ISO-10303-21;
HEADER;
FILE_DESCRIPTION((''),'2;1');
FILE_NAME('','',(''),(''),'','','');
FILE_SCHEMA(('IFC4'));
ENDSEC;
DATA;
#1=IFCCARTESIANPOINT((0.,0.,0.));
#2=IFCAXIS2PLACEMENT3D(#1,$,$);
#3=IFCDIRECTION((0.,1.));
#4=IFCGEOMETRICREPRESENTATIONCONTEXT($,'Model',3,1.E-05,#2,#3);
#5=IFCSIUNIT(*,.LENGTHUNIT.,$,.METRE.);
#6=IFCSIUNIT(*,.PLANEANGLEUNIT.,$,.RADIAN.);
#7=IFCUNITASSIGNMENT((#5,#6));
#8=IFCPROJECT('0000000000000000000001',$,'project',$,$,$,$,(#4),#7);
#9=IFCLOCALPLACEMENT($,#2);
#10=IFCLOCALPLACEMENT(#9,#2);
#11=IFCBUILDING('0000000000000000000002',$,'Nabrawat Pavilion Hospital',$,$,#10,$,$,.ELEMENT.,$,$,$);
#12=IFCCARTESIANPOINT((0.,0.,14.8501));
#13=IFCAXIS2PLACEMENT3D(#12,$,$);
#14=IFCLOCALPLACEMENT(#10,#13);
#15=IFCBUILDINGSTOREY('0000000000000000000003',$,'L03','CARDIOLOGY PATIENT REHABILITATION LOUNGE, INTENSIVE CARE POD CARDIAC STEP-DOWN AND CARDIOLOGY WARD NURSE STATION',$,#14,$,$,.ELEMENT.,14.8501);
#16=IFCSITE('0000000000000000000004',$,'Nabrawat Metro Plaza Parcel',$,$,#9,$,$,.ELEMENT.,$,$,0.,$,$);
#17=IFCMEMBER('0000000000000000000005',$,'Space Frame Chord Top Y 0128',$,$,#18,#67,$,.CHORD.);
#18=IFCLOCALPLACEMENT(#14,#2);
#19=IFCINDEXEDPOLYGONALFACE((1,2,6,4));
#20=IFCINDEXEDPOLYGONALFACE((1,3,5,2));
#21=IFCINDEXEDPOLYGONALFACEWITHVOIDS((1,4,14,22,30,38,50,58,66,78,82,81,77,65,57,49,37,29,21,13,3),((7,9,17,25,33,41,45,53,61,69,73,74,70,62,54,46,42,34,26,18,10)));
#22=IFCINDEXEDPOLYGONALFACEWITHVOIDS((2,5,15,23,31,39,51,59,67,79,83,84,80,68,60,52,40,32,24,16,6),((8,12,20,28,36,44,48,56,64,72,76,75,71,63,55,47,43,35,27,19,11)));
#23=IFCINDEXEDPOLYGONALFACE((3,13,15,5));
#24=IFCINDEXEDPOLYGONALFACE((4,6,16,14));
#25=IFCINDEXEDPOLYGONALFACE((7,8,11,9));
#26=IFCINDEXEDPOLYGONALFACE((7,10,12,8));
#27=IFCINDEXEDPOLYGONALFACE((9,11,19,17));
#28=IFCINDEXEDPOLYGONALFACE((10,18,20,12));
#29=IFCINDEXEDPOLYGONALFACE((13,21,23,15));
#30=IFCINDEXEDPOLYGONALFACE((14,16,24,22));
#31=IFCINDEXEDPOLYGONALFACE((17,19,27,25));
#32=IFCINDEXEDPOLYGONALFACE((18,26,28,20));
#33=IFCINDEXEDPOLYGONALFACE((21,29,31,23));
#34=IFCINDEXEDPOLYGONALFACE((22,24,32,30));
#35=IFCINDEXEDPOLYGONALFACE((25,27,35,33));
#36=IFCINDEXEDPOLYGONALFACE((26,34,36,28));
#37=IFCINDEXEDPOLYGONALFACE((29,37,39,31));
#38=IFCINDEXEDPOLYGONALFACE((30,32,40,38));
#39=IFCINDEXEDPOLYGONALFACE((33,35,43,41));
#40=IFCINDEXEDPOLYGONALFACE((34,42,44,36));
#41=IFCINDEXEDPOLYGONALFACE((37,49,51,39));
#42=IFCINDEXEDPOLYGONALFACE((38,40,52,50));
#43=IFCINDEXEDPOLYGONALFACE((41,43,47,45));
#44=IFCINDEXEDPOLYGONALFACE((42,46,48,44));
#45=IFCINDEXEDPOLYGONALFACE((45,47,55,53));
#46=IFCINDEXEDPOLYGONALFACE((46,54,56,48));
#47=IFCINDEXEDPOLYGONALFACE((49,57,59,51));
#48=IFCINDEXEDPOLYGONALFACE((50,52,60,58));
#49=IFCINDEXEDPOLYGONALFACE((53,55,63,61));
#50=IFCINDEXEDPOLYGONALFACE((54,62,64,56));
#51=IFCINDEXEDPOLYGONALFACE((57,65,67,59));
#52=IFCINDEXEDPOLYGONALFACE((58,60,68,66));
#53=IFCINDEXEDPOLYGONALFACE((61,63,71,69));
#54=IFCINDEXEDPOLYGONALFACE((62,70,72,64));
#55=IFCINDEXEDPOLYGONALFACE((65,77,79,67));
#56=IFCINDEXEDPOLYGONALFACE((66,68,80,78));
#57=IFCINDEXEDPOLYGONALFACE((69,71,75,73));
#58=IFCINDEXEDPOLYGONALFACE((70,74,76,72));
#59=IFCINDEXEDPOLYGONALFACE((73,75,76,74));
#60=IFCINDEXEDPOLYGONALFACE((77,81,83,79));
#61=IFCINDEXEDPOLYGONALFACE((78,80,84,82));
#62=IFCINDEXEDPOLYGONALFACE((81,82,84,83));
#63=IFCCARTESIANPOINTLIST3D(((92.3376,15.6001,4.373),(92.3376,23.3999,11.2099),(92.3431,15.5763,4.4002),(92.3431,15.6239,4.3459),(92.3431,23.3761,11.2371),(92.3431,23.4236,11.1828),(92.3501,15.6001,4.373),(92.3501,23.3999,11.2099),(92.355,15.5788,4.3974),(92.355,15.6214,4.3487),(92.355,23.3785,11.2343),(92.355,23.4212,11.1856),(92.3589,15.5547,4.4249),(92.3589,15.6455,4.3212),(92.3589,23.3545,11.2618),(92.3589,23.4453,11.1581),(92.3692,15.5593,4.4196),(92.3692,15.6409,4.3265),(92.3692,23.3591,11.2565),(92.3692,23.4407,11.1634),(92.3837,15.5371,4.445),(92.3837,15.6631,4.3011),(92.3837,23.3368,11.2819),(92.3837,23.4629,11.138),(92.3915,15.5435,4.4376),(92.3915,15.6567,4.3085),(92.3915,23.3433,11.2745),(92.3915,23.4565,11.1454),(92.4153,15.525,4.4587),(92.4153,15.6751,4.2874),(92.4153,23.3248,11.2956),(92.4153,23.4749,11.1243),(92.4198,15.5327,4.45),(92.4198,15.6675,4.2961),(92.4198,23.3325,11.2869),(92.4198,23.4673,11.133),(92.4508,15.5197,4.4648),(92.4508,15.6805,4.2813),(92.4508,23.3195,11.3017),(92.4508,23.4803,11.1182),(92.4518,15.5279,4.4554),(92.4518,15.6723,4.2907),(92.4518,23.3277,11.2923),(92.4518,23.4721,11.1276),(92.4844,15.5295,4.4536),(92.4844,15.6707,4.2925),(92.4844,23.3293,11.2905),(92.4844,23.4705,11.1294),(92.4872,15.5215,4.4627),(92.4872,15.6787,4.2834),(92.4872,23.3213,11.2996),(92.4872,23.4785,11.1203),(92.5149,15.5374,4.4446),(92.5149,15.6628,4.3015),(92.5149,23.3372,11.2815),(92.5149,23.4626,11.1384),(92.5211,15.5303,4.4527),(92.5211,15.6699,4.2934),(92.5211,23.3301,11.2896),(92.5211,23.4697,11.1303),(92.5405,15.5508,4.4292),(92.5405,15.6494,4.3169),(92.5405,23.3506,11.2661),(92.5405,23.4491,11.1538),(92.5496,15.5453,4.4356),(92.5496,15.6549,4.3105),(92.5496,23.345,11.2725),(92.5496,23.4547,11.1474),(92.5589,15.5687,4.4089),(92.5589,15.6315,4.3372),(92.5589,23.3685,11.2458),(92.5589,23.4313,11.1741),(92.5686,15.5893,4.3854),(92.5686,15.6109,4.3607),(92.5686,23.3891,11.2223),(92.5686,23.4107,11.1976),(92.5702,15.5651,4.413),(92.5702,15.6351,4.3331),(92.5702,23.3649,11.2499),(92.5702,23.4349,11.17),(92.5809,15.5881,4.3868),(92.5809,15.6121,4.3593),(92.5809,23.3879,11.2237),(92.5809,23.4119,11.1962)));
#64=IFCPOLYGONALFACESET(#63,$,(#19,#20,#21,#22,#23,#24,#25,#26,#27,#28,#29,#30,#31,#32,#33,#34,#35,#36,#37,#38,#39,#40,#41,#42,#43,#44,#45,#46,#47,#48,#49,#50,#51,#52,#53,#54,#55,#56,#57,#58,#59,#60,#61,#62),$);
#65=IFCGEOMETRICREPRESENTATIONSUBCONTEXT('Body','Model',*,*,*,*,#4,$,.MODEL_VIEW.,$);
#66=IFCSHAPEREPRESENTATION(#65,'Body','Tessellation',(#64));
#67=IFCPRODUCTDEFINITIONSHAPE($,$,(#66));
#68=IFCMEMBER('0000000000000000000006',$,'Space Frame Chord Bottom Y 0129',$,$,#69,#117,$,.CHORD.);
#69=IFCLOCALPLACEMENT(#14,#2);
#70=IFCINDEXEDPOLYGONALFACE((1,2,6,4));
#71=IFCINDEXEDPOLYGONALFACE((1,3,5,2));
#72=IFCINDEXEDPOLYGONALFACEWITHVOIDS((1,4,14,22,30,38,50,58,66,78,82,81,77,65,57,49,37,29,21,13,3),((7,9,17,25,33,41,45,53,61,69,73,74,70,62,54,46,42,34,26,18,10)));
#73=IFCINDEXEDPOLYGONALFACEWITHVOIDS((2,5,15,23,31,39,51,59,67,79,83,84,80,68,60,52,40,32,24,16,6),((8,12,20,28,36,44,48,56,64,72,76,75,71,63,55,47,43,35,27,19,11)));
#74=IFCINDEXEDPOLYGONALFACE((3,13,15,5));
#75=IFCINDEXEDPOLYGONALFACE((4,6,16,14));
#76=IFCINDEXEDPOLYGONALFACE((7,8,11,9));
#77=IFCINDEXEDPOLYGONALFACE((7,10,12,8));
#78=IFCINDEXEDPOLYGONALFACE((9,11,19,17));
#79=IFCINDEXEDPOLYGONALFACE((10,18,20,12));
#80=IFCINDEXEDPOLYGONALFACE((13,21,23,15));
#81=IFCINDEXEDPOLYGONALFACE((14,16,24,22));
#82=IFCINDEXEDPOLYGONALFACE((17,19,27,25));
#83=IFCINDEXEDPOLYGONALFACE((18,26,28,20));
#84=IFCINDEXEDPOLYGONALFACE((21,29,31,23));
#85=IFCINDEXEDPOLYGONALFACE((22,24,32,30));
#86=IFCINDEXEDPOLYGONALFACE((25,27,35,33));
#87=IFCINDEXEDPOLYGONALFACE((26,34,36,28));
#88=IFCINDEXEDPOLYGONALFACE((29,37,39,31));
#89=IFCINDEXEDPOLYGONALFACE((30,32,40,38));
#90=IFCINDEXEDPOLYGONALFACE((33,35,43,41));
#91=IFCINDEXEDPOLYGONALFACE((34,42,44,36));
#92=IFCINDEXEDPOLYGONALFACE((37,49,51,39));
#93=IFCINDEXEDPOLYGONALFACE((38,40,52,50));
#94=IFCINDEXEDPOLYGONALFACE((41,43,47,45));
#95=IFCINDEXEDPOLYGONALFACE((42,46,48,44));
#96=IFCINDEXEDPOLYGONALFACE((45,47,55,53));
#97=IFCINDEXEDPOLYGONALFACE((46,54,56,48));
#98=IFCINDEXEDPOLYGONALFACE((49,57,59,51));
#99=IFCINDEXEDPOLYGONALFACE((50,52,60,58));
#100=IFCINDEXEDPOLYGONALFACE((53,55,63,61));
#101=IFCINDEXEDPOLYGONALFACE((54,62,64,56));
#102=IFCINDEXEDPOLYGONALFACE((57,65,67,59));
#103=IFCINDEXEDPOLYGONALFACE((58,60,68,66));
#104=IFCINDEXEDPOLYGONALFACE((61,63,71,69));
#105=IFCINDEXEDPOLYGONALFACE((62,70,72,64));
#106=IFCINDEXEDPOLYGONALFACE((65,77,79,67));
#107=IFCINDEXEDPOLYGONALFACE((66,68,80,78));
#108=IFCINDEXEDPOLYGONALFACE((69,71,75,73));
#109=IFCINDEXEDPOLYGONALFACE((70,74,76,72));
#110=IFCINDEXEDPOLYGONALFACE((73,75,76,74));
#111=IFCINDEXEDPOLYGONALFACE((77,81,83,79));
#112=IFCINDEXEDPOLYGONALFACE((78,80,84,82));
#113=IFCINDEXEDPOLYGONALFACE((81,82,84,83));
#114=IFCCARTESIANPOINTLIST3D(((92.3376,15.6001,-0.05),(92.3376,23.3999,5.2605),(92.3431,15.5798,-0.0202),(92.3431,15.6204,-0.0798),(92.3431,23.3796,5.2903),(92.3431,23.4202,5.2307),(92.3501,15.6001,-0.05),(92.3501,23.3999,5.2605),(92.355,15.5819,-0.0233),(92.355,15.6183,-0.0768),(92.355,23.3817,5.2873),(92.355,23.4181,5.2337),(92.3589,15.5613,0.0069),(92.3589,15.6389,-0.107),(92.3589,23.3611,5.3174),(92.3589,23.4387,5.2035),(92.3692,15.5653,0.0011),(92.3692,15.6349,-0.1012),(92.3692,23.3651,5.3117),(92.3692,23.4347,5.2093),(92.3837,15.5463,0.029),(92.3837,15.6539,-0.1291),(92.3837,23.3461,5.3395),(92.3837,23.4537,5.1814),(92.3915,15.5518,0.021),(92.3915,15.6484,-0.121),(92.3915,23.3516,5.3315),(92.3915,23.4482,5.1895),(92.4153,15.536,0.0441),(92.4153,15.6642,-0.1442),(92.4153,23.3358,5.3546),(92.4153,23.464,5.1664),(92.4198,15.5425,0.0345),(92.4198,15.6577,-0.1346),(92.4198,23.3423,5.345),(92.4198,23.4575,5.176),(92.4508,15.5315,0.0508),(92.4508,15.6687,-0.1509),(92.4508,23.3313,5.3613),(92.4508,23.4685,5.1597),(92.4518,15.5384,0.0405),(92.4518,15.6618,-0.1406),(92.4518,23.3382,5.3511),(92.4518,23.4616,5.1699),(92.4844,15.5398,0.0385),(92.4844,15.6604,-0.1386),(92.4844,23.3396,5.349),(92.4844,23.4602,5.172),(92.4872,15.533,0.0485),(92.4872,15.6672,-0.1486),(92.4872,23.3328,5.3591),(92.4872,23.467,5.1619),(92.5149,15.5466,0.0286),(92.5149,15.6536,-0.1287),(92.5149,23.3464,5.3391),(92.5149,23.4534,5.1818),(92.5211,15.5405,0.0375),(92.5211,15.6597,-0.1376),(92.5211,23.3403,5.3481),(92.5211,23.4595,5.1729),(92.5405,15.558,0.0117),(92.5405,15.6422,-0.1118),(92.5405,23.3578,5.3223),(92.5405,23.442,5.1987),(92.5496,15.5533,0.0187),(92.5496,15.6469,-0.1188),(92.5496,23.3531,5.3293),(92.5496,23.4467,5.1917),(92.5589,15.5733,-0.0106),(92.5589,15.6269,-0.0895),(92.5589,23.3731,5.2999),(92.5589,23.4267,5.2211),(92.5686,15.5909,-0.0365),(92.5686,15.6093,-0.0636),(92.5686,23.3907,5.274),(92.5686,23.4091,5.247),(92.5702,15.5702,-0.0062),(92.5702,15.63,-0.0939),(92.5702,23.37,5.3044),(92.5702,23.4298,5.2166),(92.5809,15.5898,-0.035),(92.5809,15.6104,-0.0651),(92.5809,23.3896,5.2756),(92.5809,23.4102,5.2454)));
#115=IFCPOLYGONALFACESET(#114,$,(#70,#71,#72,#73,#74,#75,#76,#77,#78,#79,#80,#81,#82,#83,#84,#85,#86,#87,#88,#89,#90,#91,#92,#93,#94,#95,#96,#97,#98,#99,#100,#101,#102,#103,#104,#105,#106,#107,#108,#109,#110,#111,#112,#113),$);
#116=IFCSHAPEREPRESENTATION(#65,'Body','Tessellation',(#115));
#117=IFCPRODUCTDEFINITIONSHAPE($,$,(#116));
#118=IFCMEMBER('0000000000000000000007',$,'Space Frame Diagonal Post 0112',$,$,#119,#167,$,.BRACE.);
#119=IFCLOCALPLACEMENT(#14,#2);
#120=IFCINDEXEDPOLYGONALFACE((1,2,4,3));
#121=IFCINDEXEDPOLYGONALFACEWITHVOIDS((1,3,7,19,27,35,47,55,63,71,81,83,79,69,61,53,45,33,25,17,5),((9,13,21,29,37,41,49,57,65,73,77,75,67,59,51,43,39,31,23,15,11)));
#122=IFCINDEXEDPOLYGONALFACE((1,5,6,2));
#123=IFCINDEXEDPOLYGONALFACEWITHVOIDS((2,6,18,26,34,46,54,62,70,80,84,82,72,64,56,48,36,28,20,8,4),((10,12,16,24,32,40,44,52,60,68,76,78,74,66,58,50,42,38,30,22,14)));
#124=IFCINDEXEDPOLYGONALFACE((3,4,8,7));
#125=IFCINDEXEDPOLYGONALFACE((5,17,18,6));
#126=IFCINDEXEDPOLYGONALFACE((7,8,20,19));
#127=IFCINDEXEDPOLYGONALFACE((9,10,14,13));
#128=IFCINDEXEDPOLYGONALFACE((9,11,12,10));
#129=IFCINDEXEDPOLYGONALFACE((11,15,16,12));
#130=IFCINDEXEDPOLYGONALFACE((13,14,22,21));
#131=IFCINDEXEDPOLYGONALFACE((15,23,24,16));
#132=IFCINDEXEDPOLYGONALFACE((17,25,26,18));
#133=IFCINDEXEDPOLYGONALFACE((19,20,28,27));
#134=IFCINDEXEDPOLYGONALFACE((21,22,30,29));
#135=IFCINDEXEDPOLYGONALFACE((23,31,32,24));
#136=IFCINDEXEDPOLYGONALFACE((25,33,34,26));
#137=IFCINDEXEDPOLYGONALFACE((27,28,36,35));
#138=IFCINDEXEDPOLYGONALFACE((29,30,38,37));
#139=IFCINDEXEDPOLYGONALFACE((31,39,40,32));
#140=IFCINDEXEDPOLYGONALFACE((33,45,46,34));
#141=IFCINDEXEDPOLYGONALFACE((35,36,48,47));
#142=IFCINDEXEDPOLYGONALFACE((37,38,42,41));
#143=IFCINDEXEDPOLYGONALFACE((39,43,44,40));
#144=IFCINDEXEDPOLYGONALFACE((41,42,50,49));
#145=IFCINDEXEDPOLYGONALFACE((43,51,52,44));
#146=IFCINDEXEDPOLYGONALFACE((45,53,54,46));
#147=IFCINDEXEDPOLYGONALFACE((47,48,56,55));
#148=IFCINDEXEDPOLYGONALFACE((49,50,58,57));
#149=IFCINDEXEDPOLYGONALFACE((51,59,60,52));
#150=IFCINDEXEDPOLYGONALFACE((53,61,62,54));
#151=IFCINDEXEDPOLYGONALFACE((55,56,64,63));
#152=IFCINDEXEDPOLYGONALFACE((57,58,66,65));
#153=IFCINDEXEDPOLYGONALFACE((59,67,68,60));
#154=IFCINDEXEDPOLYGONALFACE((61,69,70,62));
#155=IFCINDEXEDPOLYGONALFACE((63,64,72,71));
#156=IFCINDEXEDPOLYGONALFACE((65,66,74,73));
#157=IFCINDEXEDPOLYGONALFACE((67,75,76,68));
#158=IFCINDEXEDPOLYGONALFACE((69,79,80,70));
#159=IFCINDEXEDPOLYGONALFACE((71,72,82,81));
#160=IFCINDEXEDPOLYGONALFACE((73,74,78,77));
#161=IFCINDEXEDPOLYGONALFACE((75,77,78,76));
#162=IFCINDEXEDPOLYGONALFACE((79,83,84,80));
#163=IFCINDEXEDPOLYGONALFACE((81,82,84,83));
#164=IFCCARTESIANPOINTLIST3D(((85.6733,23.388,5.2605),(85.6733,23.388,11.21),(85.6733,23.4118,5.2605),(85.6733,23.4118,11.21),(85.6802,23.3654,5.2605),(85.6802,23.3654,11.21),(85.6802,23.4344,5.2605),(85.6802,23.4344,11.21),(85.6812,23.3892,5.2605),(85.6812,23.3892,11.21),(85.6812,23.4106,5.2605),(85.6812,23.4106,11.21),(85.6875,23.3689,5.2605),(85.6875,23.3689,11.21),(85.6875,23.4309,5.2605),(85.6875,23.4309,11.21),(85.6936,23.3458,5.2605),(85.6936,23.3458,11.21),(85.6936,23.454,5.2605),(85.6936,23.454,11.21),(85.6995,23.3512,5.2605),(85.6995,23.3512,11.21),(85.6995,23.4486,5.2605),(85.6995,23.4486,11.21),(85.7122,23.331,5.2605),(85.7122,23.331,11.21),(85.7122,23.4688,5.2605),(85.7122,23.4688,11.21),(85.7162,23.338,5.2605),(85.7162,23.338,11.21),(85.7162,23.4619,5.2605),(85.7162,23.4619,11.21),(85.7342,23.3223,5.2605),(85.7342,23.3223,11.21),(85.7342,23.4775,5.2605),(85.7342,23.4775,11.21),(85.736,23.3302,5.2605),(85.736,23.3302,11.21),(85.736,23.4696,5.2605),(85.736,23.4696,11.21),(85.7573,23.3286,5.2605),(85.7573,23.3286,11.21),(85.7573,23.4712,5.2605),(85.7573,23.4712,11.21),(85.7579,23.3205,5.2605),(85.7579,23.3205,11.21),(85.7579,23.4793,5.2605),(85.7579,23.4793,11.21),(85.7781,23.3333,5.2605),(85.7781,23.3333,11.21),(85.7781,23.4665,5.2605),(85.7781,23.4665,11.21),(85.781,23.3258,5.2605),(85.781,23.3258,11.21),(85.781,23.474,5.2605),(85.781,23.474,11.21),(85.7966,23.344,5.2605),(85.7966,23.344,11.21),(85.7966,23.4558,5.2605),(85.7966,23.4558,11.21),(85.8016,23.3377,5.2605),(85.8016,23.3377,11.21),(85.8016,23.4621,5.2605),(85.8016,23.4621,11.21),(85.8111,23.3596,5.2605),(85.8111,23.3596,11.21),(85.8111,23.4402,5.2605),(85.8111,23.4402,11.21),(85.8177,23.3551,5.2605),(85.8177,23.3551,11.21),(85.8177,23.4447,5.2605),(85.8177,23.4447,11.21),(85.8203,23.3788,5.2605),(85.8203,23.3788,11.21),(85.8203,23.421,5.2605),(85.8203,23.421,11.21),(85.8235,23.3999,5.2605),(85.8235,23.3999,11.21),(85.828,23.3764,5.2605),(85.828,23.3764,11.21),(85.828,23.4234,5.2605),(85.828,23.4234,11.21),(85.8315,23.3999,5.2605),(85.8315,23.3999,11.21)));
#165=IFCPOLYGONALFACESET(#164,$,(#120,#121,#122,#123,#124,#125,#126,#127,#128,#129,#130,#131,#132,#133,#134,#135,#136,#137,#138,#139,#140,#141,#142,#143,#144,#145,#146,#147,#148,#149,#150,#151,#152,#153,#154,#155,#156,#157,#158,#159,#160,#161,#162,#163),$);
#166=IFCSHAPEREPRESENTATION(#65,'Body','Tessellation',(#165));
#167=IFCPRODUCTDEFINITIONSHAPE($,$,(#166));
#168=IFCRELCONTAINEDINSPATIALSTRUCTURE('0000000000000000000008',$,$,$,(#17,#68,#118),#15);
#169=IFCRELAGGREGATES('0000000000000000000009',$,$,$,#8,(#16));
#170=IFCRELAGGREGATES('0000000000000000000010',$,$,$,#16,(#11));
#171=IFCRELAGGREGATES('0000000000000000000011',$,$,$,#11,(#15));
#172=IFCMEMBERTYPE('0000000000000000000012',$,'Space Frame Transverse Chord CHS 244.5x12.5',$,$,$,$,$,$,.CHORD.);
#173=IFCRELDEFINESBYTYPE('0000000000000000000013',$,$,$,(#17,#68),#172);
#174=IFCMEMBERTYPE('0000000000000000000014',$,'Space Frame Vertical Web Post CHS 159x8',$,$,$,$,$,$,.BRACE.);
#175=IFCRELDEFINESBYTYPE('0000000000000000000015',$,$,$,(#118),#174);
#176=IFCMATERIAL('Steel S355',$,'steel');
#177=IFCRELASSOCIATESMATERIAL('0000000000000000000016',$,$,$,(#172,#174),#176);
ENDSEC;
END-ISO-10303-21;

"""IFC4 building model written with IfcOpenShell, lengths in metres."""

from ifc_helpers import new_model, si_unit, direction, frame, origin, origin_2d, place, context, subcontext, project, spatial, hollow_circle, extrude, material, material_profile, profile_set, type_object, element, save


model = new_model("IFC4")

# Units and contexts
model_context = context("Model", 3, precision=1e-05, world=origin(), true_north=direction((0.0, 1.0)))
body_context = subcontext(model_context, "Body", "Model", "MODEL_VIEW")
ifc_project = project(units=[si_unit("LENGTHUNIT", "METRE"), si_unit("PLANEANGLEUNIT", "RADIAN")], contexts=[model_context])

# Site, building, storey
site_placement = place(None, origin())
site = spatial("IfcSite", under=ifc_project, at=site_placement, Name="Nabrawat Metro Plaza Parcel", CompositionType="ELEMENT", RefElevation=0.0)
building_placement = place(site_placement, origin())
building = spatial("IfcBuilding", under=site, at=building_placement, Name="Nabrawat Pavilion Hospital", CompositionType="ELEMENT")
storey_placement = place(building_placement, frame((0.0, 0.0, 14.8501)))
storey = spatial("IfcBuildingStorey", under=building, at=storey_placement, Name="L03", Description="CARDIOLOGY PATIENT REHABILITATION LOUNGE, INTENSIVE CARE POD CARDIAC STEP-DOWN AND CARDIOLOGY WARD NURSE STATION", CompositionType="ELEMENT", Elevation=14.8501)

# Shared definitions
ifc_material = material(Name="Steel S355", Category="steel")

# Members
ifc_material_profile_1 = material_profile(ifc_material, hollow_circle(Radius=0.1223, WallThickness=0.0125, at=origin_2d()), Name="CHS 244.5x12.5")
ifc_profile_set_1 = profile_set([ifc_material_profile_1], Name="Steel S355")
member_type_1 = type_object("IfcMemberType", Name="Space Frame Transverse Chord CHS 244.5x12.5", PredefinedType="CHORD", material=ifc_profile_set_1)
member_1_placement = place(storey_placement, frame((92.46, 15.6001, 4.373), z_axis=(0.0, 0.751999, 0.659164), x_axis=(-1.0, 0.0, 0.0)))
element("IfcMember", 1, at=member_1_placement, inside=storey, type_object=member_type_1, Name="Space Frame Chord Top Y 0128", PredefinedType="CHORD", context=body_context, shape_type="SweptSolid", body=[
    extrude(hollow_circle(Radius=0.1223, WallThickness=0.0125, at=origin_2d()), origin(), (0.0, 0.0, 1.0), 10.3721),
])
member_2_placement = place(storey_placement, frame((92.46, 15.6001, -0.05), z_axis=(0.0, 0.826597, 0.562794), x_axis=(-1.0, 0.0, 0.0)))
element("IfcMember", 2, at=member_2_placement, inside=storey, type_object=member_type_1, Name="Space Frame Chord Bottom Y 0129", PredefinedType="CHORD", context=body_context, shape_type="SweptSolid", body=[
    extrude(hollow_circle(Radius=0.1223, WallThickness=0.0125, at=origin_2d()), origin(), (0.0, 0.0, 1.0), 9.436),
])
ifc_material_profile_2 = material_profile(ifc_material, hollow_circle(Radius=0.0796, WallThickness=0.0081, at=origin_2d()), Name="CHS 159x8")
ifc_profile_set_2 = profile_set([ifc_material_profile_2], Name="Steel S355")
member_type_2 = type_object("IfcMemberType", Name="Space Frame Vertical Web Post CHS 159x8", PredefinedType="BRACE", material=ifc_profile_set_2)
member_3_placement = place(storey_placement, frame((85.752, 23.3999, 5.2605), z_axis=(0.0, 0.0, 1.0), x_axis=(1.0, 0.0, 0.0)))
element("IfcMember", 3, at=member_3_placement, inside=storey, type_object=member_type_2, Name="Space Frame Diagonal Post 0112", PredefinedType="BRACE", context=body_context, shape_type="SweptSolid", body=[
    extrude(hollow_circle(Radius=0.0796, WallThickness=0.0081, at=origin_2d()), origin(), (0.0, 0.0, 1.0), 5.9495),
])

save(model, "model.ifc")
